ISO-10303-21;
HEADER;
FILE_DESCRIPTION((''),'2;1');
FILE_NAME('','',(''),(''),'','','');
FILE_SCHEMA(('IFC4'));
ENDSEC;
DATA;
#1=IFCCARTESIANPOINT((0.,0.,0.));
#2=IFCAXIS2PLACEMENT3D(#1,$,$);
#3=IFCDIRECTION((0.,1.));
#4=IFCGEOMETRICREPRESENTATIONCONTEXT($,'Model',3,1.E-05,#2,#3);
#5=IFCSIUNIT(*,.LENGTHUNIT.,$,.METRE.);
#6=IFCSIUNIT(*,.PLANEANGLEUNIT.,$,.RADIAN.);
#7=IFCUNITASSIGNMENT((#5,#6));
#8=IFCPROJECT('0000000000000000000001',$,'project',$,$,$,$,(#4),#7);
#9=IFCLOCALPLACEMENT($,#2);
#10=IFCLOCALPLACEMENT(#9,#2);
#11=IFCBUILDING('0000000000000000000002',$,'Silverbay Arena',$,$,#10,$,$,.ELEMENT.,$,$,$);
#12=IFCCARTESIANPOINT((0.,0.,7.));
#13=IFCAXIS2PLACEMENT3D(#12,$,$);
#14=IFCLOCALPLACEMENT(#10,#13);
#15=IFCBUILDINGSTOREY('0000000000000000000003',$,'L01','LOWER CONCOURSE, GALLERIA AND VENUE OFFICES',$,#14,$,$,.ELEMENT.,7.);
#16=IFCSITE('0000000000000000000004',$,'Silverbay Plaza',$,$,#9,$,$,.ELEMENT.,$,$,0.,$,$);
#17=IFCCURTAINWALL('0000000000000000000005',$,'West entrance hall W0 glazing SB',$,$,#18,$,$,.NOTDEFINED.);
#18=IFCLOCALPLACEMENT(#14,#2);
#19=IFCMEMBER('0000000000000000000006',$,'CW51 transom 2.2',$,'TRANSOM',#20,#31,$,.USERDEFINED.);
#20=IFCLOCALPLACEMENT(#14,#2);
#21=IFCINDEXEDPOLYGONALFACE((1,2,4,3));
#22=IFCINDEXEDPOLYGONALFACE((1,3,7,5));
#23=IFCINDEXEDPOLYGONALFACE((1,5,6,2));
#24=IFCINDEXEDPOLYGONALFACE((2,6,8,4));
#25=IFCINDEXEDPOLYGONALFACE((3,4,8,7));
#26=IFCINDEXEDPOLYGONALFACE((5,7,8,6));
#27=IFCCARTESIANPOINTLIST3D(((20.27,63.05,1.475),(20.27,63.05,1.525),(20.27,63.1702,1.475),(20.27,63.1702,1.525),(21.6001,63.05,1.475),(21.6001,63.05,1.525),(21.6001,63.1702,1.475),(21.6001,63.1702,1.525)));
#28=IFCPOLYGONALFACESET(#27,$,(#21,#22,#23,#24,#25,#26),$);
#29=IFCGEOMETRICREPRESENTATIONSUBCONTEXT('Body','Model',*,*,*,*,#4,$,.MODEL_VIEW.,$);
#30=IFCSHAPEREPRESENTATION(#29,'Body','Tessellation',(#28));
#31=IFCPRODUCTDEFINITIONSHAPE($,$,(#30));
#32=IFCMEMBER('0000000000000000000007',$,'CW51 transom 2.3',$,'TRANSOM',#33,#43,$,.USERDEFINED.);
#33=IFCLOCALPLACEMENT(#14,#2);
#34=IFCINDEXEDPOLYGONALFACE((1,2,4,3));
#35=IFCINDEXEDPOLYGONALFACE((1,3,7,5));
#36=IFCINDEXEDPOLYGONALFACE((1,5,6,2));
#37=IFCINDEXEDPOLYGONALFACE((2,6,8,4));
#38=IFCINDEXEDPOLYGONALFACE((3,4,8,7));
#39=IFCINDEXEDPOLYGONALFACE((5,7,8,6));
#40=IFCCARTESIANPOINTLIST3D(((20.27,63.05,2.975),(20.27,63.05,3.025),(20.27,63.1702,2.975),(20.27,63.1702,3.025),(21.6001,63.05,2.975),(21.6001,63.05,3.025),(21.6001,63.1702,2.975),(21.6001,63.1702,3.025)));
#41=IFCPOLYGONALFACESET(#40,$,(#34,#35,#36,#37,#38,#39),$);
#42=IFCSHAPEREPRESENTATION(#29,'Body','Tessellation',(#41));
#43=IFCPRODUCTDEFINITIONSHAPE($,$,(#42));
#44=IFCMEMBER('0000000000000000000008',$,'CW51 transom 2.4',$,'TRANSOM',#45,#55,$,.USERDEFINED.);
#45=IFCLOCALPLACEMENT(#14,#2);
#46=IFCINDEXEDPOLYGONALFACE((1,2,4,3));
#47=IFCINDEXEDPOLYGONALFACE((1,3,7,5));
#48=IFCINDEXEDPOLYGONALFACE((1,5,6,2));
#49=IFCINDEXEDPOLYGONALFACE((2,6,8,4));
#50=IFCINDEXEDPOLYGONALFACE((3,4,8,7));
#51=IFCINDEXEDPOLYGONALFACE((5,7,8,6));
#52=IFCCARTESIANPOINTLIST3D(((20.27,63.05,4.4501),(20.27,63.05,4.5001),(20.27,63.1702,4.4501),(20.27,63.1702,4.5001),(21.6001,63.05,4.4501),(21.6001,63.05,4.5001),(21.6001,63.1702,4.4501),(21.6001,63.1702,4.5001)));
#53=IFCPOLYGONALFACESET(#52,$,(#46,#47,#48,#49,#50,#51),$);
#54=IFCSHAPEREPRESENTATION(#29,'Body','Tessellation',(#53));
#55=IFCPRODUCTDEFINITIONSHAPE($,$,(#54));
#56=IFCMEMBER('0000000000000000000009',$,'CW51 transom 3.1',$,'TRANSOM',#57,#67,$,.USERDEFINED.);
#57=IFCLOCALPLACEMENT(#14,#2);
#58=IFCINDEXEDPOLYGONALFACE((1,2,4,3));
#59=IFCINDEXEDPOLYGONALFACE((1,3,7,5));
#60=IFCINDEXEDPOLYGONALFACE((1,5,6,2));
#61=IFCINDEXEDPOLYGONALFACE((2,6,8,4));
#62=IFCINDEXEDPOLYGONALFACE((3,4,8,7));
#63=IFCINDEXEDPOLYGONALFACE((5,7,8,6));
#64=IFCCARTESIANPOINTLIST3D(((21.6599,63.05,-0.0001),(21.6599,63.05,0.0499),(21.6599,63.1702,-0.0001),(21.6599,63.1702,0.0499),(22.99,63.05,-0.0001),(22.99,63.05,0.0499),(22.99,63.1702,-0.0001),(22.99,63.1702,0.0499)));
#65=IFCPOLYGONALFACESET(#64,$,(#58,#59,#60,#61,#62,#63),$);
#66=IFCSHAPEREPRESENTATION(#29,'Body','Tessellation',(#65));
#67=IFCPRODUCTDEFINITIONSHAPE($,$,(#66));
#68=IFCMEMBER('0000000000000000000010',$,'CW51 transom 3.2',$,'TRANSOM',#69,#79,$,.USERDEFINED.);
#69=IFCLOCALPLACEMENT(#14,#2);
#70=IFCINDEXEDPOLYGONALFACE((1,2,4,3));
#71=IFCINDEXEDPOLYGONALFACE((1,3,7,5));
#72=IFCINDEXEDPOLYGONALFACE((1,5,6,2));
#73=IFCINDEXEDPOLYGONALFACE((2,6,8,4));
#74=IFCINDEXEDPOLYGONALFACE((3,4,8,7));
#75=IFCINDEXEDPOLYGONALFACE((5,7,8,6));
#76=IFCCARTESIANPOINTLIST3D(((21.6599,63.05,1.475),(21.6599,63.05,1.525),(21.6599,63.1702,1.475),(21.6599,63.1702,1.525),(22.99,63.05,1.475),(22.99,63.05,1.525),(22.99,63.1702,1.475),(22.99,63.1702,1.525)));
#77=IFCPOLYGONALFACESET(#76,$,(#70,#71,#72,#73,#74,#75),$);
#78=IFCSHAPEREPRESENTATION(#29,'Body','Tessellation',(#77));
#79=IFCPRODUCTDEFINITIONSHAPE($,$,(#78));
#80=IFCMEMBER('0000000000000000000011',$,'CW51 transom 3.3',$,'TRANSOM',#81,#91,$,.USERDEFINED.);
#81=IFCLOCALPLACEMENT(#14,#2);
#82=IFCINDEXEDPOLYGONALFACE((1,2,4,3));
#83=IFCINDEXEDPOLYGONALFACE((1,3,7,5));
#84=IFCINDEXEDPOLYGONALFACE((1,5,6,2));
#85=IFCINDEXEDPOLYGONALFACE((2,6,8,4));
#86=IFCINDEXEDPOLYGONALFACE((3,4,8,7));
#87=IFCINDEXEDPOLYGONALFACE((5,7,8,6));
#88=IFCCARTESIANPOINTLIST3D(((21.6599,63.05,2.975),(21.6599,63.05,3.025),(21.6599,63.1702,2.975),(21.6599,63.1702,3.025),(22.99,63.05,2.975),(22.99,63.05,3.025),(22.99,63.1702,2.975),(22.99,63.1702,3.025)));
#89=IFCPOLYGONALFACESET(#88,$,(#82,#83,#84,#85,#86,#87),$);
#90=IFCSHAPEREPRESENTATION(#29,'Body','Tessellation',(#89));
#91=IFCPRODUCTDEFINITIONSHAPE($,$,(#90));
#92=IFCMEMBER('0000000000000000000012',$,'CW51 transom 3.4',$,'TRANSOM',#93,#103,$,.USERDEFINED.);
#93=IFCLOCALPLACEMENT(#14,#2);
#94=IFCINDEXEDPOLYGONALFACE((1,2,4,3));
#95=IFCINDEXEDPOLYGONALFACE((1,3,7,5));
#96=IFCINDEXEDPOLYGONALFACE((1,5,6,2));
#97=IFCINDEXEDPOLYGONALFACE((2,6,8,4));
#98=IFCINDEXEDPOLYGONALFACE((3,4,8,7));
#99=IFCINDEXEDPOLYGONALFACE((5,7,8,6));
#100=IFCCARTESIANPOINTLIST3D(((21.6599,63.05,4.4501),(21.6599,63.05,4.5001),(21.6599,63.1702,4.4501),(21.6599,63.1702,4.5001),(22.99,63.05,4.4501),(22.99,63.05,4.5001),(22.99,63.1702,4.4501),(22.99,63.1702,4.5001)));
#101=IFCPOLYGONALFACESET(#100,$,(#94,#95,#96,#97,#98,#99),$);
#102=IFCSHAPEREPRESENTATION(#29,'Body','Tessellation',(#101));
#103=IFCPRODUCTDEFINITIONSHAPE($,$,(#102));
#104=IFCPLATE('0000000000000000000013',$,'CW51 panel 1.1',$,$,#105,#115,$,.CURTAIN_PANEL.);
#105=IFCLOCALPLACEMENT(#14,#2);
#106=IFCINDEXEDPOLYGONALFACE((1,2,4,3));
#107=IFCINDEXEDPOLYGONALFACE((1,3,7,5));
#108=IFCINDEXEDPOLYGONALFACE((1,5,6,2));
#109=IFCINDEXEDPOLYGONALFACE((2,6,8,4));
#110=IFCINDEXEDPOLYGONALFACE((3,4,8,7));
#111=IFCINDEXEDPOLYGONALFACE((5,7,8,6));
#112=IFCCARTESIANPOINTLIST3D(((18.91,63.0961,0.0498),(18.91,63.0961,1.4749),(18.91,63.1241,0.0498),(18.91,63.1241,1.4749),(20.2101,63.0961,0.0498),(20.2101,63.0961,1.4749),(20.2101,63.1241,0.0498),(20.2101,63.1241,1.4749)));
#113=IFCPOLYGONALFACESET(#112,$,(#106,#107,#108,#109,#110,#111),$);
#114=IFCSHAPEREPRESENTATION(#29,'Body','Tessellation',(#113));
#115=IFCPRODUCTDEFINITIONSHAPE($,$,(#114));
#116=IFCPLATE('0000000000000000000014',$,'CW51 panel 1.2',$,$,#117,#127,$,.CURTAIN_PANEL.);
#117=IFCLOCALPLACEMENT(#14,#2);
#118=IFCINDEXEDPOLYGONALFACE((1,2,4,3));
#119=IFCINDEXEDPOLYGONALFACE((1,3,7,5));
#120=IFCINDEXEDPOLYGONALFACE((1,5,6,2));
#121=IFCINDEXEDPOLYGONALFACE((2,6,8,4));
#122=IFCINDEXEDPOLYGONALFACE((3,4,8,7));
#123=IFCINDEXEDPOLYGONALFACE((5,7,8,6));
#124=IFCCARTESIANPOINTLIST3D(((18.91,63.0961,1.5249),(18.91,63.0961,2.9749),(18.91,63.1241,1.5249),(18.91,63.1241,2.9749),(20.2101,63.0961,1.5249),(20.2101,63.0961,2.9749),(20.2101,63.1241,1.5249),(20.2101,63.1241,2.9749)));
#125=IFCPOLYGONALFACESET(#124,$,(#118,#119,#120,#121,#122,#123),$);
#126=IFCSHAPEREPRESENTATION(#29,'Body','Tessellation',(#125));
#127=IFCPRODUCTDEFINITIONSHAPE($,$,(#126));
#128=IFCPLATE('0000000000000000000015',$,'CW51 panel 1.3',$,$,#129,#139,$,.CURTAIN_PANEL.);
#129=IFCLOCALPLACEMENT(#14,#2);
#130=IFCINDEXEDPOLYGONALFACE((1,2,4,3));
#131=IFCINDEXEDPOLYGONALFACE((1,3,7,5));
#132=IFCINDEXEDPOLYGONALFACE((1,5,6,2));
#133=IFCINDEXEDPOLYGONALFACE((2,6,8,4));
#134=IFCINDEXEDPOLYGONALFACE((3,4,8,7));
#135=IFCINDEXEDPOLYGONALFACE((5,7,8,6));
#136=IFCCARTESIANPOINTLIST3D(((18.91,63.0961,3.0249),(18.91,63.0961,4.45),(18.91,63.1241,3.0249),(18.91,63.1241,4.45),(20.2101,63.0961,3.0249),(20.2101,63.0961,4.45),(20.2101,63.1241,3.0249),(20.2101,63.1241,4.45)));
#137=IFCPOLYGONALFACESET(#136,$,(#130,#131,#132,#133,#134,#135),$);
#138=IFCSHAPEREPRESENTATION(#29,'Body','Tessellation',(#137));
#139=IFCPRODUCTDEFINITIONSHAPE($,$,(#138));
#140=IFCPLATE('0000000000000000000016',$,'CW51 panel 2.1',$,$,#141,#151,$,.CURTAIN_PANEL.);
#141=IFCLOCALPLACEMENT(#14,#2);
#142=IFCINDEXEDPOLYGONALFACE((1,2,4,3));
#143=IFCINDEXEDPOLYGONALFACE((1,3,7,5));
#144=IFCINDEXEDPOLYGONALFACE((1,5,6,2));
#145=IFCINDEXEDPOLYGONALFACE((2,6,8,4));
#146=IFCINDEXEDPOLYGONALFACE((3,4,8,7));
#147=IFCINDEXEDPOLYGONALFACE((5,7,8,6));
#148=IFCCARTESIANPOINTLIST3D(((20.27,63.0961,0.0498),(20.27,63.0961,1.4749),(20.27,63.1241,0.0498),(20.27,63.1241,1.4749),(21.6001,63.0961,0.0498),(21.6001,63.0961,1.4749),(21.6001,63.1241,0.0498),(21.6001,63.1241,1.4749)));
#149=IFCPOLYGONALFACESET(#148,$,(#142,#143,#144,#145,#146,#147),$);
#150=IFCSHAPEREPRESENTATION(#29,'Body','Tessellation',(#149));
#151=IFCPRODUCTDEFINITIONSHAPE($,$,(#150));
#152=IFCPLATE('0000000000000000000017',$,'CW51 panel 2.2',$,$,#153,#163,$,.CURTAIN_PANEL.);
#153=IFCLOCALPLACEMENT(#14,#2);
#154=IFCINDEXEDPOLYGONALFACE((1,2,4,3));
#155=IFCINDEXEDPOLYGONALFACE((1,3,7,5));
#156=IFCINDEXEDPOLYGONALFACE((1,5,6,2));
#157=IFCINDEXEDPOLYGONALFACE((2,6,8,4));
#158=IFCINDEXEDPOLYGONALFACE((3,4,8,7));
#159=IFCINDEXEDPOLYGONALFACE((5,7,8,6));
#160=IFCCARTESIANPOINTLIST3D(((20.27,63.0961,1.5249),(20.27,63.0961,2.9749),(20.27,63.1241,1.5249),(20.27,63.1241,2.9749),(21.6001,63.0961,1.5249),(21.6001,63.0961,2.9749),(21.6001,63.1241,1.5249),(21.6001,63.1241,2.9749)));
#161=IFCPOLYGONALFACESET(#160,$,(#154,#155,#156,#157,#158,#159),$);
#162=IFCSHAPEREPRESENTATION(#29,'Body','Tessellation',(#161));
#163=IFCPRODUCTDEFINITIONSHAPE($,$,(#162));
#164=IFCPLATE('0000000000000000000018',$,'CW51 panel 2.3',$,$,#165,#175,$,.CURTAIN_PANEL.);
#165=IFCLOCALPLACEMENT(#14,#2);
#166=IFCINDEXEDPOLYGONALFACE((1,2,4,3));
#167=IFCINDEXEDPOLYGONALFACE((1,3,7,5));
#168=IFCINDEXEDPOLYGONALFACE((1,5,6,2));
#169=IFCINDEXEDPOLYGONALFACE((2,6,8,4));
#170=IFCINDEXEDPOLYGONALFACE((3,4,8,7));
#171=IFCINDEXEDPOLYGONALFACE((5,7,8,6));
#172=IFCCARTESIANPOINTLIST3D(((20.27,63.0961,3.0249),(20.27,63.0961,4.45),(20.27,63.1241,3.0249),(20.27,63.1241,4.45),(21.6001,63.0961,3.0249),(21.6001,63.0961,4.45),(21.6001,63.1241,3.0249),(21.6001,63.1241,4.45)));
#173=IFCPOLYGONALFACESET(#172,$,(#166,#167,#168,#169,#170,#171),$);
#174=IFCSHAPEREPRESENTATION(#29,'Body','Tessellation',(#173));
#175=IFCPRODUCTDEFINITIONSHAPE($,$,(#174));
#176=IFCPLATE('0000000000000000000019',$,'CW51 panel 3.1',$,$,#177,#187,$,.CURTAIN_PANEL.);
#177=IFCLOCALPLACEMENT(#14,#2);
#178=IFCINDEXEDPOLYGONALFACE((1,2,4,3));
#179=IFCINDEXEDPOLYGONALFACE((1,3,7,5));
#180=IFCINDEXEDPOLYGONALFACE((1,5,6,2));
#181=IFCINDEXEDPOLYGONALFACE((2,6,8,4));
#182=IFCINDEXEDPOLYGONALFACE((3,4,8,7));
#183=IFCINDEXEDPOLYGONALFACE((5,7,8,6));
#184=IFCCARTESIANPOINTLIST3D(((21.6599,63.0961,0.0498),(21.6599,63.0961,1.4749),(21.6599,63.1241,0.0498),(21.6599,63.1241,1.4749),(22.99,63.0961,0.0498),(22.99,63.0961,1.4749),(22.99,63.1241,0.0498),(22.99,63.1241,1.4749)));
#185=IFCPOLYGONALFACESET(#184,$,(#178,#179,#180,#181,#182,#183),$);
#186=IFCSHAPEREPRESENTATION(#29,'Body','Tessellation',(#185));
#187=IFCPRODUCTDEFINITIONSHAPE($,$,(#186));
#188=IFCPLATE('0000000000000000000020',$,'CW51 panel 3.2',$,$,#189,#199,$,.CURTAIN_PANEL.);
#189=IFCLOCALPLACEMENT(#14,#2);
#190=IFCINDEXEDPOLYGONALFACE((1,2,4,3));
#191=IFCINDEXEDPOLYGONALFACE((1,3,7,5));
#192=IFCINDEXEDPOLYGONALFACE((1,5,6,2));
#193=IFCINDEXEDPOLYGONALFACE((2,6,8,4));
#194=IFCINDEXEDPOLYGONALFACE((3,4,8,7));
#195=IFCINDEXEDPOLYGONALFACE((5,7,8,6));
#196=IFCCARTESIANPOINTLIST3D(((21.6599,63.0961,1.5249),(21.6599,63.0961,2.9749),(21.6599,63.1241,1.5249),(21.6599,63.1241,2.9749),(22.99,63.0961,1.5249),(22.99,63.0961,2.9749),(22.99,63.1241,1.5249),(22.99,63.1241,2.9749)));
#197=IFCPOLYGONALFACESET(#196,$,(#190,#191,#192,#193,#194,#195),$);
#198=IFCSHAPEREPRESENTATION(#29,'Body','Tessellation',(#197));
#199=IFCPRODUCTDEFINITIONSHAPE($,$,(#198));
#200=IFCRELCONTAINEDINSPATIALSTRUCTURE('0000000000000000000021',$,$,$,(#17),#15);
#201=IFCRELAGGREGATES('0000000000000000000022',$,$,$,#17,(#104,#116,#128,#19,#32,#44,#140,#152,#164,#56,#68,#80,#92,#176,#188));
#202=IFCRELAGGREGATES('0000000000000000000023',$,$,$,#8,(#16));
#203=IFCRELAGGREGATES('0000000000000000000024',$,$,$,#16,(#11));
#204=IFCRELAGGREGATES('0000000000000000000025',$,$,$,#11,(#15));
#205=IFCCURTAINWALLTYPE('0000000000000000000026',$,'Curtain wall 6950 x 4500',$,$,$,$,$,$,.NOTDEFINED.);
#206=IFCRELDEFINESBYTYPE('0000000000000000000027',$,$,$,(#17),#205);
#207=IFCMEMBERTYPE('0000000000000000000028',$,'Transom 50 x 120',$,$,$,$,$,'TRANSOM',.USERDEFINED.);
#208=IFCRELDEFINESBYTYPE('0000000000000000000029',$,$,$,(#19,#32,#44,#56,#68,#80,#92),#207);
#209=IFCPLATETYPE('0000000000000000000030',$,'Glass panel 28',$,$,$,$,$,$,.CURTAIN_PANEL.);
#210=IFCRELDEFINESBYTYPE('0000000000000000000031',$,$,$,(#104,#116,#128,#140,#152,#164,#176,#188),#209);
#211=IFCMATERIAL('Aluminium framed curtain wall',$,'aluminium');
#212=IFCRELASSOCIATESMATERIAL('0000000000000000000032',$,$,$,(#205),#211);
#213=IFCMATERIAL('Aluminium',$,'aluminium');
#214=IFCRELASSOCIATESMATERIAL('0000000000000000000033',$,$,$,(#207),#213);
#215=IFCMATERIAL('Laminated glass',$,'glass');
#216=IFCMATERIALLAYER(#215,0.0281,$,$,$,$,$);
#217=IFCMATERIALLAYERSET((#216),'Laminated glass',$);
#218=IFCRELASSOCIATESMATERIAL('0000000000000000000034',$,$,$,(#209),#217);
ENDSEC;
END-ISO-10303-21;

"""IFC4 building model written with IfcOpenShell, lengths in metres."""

from ifc_helpers import new_model, si_unit, direction, frame, origin, origin_2d, place, context, subcontext, project, spatial, rectangle, extrude, material, layer, layer_set, material_profile, profile_set, type_object, element, aggregate, save


model = new_model("IFC4")

# Units and contexts
model_context = context("Model", 3, precision=1e-05, world=origin(), true_north=direction((0.0, 1.0)))
body_context = subcontext(model_context, "Body", "Model", "MODEL_VIEW")
ifc_project = project(units=[si_unit("LENGTHUNIT", "METRE"), si_unit("PLANEANGLEUNIT", "RADIAN")], contexts=[model_context])

# Site, building, storey
site_placement = place(None, origin())
site = spatial("IfcSite", under=ifc_project, at=site_placement, Name="Silverbay Plaza", CompositionType="ELEMENT", RefElevation=0.0)
building_placement = place(site_placement, origin())
building = spatial("IfcBuilding", under=site, at=building_placement, Name="Silverbay Arena", CompositionType="ELEMENT")
storey_placement = place(building_placement, frame((0.0, 0.0, 7.0)))
storey = spatial("IfcBuildingStorey", under=building, at=storey_placement, Name="L01", Description="LOWER CONCOURSE, GALLERIA AND VENUE OFFICES", CompositionType="ELEMENT", Elevation=7.0)

# Curtain wall
ifc_material_1 = material(Name="Aluminium framed curtain wall", Category="aluminium")
curtain_wall_type = type_object("IfcCurtainWallType", Name="Curtain wall 6950 x 4500", PredefinedType="NOTDEFINED", material=ifc_material_1)
curtain_wall_placement = place(storey_placement, origin())
curtain_wall = element("IfcCurtainWall", 1, at=curtain_wall_placement, inside=storey, type_object=curtain_wall_type, Name="West entrance hall W0 glazing SB", PredefinedType="NOTDEFINED")

# Members
ifc_material_2 = material(Name="Aluminium", Category="aluminium")
ifc_material_profile_1 = material_profile(ifc_material_2, rectangle(XDim=0.1201, YDim=0.05, at=origin_2d()), Name="Transom 50 x 120")
ifc_profile_set_1 = profile_set([ifc_material_profile_1], Name="Aluminium")
member_type_1 = type_object("IfcMemberType", Name="Transom 50 x 120", ElementType="TRANSOM", PredefinedType="USERDEFINED", material=ifc_profile_set_1)
member_1_placement = place(storey_placement, frame((20.27, 63.1101, 1.5), z_axis=(1.0, 0.0, 0.0), x_axis=(0.0, 1.0, 0.0)))
member_1 = element("IfcMember", 2, at=member_1_placement, type_object=member_type_1, Name="CW51 transom 2.2", ObjectType="TRANSOM", PredefinedType="USERDEFINED", context=body_context, shape_type="SweptSolid", body=[
    extrude(rectangle(XDim=0.1201, YDim=0.05, at=origin_2d()), origin(), (0.0, 0.0, 1.0), 1.3301),
])
member_2_placement = place(storey_placement, frame((20.27, 63.1101, 3.0), z_axis=(1.0, 0.0, 0.0), x_axis=(0.0, 1.0, 0.0)))
member_2 = element("IfcMember", 3, at=member_2_placement, type_object=member_type_1, Name="CW51 transom 2.3", ObjectType="TRANSOM", PredefinedType="USERDEFINED", context=body_context, shape_type="SweptSolid", body=[
    extrude(rectangle(XDim=0.1201, YDim=0.05, at=origin_2d()), origin(), (0.0, 0.0, 1.0), 1.3301),
])
member_3_placement = place(storey_placement, frame((20.27, 63.1101, 4.4751), z_axis=(1.0, 0.0, 0.0), x_axis=(0.0, 1.0, 0.0)))
member_3 = element("IfcMember", 4, at=member_3_placement, type_object=member_type_1, Name="CW51 transom 2.4", ObjectType="TRANSOM", PredefinedType="USERDEFINED", context=body_context, shape_type="SweptSolid", body=[
    extrude(rectangle(XDim=0.1201, YDim=0.05, at=origin_2d()), origin(), (0.0, 0.0, 1.0), 1.3301),
])
member_4_placement = place(storey_placement, frame((21.6599, 63.1101, 0.0249), z_axis=(1.0, 0.0, 0.0), x_axis=(0.0, 1.0, 0.0)))
member_4 = element("IfcMember", 5, at=member_4_placement, type_object=member_type_1, Name="CW51 transom 3.1", ObjectType="TRANSOM", PredefinedType="USERDEFINED", context=body_context, shape_type="SweptSolid", body=[
    extrude(rectangle(XDim=0.1201, YDim=0.05, at=origin_2d()), origin(), (0.0, 0.0, 1.0), 1.3301),
])
member_5_placement = place(storey_placement, frame((21.6599, 63.1101, 1.5), z_axis=(1.0, 0.0, 0.0), x_axis=(0.0, 1.0, 0.0)))
member_5 = element("IfcMember", 6, at=member_5_placement, type_object=member_type_1, Name="CW51 transom 3.2", ObjectType="TRANSOM", PredefinedType="USERDEFINED", context=body_context, shape_type="SweptSolid", body=[
    extrude(rectangle(XDim=0.1201, YDim=0.05, at=origin_2d()), origin(), (0.0, 0.0, 1.0), 1.3301),
])
member_6_placement = place(storey_placement, frame((21.6599, 63.1101, 3.0), z_axis=(1.0, 0.0, 0.0), x_axis=(0.0, 1.0, 0.0)))
member_6 = element("IfcMember", 7, at=member_6_placement, type_object=member_type_1, Name="CW51 transom 3.3", ObjectType="TRANSOM", PredefinedType="USERDEFINED", context=body_context, shape_type="SweptSolid", body=[
    extrude(rectangle(XDim=0.1201, YDim=0.05, at=origin_2d()), origin(), (0.0, 0.0, 1.0), 1.3301),
])
member_7_placement = place(storey_placement, frame((21.6599, 63.1101, 4.4751), z_axis=(1.0, 0.0, 0.0), x_axis=(0.0, 1.0, 0.0)))
member_7 = element("IfcMember", 8, at=member_7_placement, type_object=member_type_1, Name="CW51 transom 3.4", ObjectType="TRANSOM", PredefinedType="USERDEFINED", context=body_context, shape_type="SweptSolid", body=[
    extrude(rectangle(XDim=0.1201, YDim=0.05, at=origin_2d()), origin(), (0.0, 0.0, 1.0), 1.3301),
])

# Plates
ifc_material_3 = material(Name="Laminated glass", Category="glass")
ifc_layer = layer(ifc_material_3, 0.0281)
ifc_layer_set = layer_set([ifc_layer], Name="Laminated glass")
plate_type = type_object("IfcPlateType", Name="Glass panel 28", PredefinedType="CURTAIN_PANEL", material=ifc_layer_set)
plate_1_placement = place(storey_placement, frame((19.5601, 63.1101, 0.0498), z_axis=(0.0, 0.0, 1.0), x_axis=(1.0, 0.0, 0.0)))
plate_1 = element("IfcPlate", 9, at=plate_1_placement, type_object=plate_type, Name="CW51 panel 1.1", PredefinedType="CURTAIN_PANEL", context=body_context, shape_type="SweptSolid", body=[
    extrude(rectangle(XDim=1.3, YDim=0.0281, at=origin_2d()), origin(), (0.0, 0.0, 1.0), 1.425),
])
plate_2_placement = place(storey_placement, frame((19.5601, 63.1101, 1.5249), z_axis=(0.0, 0.0, 1.0), x_axis=(1.0, 0.0, 0.0)))
plate_2 = element("IfcPlate", 10, at=plate_2_placement, type_object=plate_type, Name="CW51 panel 1.2", PredefinedType="CURTAIN_PANEL", context=body_context, shape_type="SweptSolid", body=[
    extrude(rectangle(XDim=1.3, YDim=0.0281, at=origin_2d()), origin(), (0.0, 0.0, 1.0), 1.45),
])
plate_3_placement = place(storey_placement, frame((19.5601, 63.1101, 3.0249), z_axis=(0.0, 0.0, 1.0), x_axis=(1.0, 0.0, 0.0)))
plate_3 = element("IfcPlate", 11, at=plate_3_placement, type_object=plate_type, Name="CW51 panel 1.3", PredefinedType="CURTAIN_PANEL", context=body_context, shape_type="SweptSolid", body=[
    extrude(rectangle(XDim=1.3, YDim=0.0281, at=origin_2d()), origin(), (0.0, 0.0, 1.0), 1.425),
])
plate_4_placement = place(storey_placement, frame((20.9351, 63.1101, 0.0498), z_axis=(0.0, 0.0, 1.0), x_axis=(1.0, 0.0, 0.0)))
plate_4 = element("IfcPlate", 12, at=plate_4_placement, type_object=plate_type, Name="CW51 panel 2.1", PredefinedType="CURTAIN_PANEL", context=body_context, shape_type="SweptSolid", body=[
    extrude(rectangle(XDim=1.3301, YDim=0.0281, at=origin_2d()), origin(), (0.0, 0.0, 1.0), 1.425),
])
plate_5_placement = place(storey_placement, frame((20.9351, 63.1101, 1.5249), z_axis=(0.0, 0.0, 1.0), x_axis=(1.0, 0.0, 0.0)))
plate_5 = element("IfcPlate", 13, at=plate_5_placement, type_object=plate_type, Name="CW51 panel 2.2", PredefinedType="CURTAIN_PANEL", context=body_context, shape_type="SweptSolid", body=[
    extrude(rectangle(XDim=1.3301, YDim=0.0281, at=origin_2d()), origin(), (0.0, 0.0, 1.0), 1.45),
])
plate_6_placement = place(storey_placement, frame((20.9351, 63.1101, 3.0249), z_axis=(0.0, 0.0, 1.0), x_axis=(1.0, 0.0, 0.0)))
plate_6 = element("IfcPlate", 14, at=plate_6_placement, type_object=plate_type, Name="CW51 panel 2.3", PredefinedType="CURTAIN_PANEL", context=body_context, shape_type="SweptSolid", body=[
    extrude(rectangle(XDim=1.3301, YDim=0.0281, at=origin_2d()), origin(), (0.0, 0.0, 1.0), 1.425),
])
plate_7_placement = place(storey_placement, frame((22.325, 63.1101, 0.0498), z_axis=(0.0, 0.0, 1.0), x_axis=(1.0, 0.0, 0.0)))
plate_7 = element("IfcPlate", 15, at=plate_7_placement, type_object=plate_type, Name="CW51 panel 3.1", PredefinedType="CURTAIN_PANEL", context=body_context, shape_type="SweptSolid", body=[
    extrude(rectangle(XDim=1.3301, YDim=0.0281, at=origin_2d()), origin(), (0.0, 0.0, 1.0), 1.425),
])
plate_8_placement = place(storey_placement, frame((22.325, 63.1101, 1.5249), z_axis=(0.0, 0.0, 1.0), x_axis=(1.0, 0.0, 0.0)))
plate_8 = element("IfcPlate", 16, at=plate_8_placement, type_object=plate_type, Name="CW51 panel 3.2", PredefinedType="CURTAIN_PANEL", context=body_context, shape_type="SweptSolid", body=[
    extrude(rectangle(XDim=1.3301, YDim=0.0281, at=origin_2d()), origin(), (0.0, 0.0, 1.0), 1.45),
])
aggregate(curtain_wall, [plate_1, plate_2, plate_3, member_1, member_2, member_3, plate_4, plate_5, plate_6, member_4, member_5, member_6, member_7, plate_7, plate_8])

save(model, "model.ifc")
